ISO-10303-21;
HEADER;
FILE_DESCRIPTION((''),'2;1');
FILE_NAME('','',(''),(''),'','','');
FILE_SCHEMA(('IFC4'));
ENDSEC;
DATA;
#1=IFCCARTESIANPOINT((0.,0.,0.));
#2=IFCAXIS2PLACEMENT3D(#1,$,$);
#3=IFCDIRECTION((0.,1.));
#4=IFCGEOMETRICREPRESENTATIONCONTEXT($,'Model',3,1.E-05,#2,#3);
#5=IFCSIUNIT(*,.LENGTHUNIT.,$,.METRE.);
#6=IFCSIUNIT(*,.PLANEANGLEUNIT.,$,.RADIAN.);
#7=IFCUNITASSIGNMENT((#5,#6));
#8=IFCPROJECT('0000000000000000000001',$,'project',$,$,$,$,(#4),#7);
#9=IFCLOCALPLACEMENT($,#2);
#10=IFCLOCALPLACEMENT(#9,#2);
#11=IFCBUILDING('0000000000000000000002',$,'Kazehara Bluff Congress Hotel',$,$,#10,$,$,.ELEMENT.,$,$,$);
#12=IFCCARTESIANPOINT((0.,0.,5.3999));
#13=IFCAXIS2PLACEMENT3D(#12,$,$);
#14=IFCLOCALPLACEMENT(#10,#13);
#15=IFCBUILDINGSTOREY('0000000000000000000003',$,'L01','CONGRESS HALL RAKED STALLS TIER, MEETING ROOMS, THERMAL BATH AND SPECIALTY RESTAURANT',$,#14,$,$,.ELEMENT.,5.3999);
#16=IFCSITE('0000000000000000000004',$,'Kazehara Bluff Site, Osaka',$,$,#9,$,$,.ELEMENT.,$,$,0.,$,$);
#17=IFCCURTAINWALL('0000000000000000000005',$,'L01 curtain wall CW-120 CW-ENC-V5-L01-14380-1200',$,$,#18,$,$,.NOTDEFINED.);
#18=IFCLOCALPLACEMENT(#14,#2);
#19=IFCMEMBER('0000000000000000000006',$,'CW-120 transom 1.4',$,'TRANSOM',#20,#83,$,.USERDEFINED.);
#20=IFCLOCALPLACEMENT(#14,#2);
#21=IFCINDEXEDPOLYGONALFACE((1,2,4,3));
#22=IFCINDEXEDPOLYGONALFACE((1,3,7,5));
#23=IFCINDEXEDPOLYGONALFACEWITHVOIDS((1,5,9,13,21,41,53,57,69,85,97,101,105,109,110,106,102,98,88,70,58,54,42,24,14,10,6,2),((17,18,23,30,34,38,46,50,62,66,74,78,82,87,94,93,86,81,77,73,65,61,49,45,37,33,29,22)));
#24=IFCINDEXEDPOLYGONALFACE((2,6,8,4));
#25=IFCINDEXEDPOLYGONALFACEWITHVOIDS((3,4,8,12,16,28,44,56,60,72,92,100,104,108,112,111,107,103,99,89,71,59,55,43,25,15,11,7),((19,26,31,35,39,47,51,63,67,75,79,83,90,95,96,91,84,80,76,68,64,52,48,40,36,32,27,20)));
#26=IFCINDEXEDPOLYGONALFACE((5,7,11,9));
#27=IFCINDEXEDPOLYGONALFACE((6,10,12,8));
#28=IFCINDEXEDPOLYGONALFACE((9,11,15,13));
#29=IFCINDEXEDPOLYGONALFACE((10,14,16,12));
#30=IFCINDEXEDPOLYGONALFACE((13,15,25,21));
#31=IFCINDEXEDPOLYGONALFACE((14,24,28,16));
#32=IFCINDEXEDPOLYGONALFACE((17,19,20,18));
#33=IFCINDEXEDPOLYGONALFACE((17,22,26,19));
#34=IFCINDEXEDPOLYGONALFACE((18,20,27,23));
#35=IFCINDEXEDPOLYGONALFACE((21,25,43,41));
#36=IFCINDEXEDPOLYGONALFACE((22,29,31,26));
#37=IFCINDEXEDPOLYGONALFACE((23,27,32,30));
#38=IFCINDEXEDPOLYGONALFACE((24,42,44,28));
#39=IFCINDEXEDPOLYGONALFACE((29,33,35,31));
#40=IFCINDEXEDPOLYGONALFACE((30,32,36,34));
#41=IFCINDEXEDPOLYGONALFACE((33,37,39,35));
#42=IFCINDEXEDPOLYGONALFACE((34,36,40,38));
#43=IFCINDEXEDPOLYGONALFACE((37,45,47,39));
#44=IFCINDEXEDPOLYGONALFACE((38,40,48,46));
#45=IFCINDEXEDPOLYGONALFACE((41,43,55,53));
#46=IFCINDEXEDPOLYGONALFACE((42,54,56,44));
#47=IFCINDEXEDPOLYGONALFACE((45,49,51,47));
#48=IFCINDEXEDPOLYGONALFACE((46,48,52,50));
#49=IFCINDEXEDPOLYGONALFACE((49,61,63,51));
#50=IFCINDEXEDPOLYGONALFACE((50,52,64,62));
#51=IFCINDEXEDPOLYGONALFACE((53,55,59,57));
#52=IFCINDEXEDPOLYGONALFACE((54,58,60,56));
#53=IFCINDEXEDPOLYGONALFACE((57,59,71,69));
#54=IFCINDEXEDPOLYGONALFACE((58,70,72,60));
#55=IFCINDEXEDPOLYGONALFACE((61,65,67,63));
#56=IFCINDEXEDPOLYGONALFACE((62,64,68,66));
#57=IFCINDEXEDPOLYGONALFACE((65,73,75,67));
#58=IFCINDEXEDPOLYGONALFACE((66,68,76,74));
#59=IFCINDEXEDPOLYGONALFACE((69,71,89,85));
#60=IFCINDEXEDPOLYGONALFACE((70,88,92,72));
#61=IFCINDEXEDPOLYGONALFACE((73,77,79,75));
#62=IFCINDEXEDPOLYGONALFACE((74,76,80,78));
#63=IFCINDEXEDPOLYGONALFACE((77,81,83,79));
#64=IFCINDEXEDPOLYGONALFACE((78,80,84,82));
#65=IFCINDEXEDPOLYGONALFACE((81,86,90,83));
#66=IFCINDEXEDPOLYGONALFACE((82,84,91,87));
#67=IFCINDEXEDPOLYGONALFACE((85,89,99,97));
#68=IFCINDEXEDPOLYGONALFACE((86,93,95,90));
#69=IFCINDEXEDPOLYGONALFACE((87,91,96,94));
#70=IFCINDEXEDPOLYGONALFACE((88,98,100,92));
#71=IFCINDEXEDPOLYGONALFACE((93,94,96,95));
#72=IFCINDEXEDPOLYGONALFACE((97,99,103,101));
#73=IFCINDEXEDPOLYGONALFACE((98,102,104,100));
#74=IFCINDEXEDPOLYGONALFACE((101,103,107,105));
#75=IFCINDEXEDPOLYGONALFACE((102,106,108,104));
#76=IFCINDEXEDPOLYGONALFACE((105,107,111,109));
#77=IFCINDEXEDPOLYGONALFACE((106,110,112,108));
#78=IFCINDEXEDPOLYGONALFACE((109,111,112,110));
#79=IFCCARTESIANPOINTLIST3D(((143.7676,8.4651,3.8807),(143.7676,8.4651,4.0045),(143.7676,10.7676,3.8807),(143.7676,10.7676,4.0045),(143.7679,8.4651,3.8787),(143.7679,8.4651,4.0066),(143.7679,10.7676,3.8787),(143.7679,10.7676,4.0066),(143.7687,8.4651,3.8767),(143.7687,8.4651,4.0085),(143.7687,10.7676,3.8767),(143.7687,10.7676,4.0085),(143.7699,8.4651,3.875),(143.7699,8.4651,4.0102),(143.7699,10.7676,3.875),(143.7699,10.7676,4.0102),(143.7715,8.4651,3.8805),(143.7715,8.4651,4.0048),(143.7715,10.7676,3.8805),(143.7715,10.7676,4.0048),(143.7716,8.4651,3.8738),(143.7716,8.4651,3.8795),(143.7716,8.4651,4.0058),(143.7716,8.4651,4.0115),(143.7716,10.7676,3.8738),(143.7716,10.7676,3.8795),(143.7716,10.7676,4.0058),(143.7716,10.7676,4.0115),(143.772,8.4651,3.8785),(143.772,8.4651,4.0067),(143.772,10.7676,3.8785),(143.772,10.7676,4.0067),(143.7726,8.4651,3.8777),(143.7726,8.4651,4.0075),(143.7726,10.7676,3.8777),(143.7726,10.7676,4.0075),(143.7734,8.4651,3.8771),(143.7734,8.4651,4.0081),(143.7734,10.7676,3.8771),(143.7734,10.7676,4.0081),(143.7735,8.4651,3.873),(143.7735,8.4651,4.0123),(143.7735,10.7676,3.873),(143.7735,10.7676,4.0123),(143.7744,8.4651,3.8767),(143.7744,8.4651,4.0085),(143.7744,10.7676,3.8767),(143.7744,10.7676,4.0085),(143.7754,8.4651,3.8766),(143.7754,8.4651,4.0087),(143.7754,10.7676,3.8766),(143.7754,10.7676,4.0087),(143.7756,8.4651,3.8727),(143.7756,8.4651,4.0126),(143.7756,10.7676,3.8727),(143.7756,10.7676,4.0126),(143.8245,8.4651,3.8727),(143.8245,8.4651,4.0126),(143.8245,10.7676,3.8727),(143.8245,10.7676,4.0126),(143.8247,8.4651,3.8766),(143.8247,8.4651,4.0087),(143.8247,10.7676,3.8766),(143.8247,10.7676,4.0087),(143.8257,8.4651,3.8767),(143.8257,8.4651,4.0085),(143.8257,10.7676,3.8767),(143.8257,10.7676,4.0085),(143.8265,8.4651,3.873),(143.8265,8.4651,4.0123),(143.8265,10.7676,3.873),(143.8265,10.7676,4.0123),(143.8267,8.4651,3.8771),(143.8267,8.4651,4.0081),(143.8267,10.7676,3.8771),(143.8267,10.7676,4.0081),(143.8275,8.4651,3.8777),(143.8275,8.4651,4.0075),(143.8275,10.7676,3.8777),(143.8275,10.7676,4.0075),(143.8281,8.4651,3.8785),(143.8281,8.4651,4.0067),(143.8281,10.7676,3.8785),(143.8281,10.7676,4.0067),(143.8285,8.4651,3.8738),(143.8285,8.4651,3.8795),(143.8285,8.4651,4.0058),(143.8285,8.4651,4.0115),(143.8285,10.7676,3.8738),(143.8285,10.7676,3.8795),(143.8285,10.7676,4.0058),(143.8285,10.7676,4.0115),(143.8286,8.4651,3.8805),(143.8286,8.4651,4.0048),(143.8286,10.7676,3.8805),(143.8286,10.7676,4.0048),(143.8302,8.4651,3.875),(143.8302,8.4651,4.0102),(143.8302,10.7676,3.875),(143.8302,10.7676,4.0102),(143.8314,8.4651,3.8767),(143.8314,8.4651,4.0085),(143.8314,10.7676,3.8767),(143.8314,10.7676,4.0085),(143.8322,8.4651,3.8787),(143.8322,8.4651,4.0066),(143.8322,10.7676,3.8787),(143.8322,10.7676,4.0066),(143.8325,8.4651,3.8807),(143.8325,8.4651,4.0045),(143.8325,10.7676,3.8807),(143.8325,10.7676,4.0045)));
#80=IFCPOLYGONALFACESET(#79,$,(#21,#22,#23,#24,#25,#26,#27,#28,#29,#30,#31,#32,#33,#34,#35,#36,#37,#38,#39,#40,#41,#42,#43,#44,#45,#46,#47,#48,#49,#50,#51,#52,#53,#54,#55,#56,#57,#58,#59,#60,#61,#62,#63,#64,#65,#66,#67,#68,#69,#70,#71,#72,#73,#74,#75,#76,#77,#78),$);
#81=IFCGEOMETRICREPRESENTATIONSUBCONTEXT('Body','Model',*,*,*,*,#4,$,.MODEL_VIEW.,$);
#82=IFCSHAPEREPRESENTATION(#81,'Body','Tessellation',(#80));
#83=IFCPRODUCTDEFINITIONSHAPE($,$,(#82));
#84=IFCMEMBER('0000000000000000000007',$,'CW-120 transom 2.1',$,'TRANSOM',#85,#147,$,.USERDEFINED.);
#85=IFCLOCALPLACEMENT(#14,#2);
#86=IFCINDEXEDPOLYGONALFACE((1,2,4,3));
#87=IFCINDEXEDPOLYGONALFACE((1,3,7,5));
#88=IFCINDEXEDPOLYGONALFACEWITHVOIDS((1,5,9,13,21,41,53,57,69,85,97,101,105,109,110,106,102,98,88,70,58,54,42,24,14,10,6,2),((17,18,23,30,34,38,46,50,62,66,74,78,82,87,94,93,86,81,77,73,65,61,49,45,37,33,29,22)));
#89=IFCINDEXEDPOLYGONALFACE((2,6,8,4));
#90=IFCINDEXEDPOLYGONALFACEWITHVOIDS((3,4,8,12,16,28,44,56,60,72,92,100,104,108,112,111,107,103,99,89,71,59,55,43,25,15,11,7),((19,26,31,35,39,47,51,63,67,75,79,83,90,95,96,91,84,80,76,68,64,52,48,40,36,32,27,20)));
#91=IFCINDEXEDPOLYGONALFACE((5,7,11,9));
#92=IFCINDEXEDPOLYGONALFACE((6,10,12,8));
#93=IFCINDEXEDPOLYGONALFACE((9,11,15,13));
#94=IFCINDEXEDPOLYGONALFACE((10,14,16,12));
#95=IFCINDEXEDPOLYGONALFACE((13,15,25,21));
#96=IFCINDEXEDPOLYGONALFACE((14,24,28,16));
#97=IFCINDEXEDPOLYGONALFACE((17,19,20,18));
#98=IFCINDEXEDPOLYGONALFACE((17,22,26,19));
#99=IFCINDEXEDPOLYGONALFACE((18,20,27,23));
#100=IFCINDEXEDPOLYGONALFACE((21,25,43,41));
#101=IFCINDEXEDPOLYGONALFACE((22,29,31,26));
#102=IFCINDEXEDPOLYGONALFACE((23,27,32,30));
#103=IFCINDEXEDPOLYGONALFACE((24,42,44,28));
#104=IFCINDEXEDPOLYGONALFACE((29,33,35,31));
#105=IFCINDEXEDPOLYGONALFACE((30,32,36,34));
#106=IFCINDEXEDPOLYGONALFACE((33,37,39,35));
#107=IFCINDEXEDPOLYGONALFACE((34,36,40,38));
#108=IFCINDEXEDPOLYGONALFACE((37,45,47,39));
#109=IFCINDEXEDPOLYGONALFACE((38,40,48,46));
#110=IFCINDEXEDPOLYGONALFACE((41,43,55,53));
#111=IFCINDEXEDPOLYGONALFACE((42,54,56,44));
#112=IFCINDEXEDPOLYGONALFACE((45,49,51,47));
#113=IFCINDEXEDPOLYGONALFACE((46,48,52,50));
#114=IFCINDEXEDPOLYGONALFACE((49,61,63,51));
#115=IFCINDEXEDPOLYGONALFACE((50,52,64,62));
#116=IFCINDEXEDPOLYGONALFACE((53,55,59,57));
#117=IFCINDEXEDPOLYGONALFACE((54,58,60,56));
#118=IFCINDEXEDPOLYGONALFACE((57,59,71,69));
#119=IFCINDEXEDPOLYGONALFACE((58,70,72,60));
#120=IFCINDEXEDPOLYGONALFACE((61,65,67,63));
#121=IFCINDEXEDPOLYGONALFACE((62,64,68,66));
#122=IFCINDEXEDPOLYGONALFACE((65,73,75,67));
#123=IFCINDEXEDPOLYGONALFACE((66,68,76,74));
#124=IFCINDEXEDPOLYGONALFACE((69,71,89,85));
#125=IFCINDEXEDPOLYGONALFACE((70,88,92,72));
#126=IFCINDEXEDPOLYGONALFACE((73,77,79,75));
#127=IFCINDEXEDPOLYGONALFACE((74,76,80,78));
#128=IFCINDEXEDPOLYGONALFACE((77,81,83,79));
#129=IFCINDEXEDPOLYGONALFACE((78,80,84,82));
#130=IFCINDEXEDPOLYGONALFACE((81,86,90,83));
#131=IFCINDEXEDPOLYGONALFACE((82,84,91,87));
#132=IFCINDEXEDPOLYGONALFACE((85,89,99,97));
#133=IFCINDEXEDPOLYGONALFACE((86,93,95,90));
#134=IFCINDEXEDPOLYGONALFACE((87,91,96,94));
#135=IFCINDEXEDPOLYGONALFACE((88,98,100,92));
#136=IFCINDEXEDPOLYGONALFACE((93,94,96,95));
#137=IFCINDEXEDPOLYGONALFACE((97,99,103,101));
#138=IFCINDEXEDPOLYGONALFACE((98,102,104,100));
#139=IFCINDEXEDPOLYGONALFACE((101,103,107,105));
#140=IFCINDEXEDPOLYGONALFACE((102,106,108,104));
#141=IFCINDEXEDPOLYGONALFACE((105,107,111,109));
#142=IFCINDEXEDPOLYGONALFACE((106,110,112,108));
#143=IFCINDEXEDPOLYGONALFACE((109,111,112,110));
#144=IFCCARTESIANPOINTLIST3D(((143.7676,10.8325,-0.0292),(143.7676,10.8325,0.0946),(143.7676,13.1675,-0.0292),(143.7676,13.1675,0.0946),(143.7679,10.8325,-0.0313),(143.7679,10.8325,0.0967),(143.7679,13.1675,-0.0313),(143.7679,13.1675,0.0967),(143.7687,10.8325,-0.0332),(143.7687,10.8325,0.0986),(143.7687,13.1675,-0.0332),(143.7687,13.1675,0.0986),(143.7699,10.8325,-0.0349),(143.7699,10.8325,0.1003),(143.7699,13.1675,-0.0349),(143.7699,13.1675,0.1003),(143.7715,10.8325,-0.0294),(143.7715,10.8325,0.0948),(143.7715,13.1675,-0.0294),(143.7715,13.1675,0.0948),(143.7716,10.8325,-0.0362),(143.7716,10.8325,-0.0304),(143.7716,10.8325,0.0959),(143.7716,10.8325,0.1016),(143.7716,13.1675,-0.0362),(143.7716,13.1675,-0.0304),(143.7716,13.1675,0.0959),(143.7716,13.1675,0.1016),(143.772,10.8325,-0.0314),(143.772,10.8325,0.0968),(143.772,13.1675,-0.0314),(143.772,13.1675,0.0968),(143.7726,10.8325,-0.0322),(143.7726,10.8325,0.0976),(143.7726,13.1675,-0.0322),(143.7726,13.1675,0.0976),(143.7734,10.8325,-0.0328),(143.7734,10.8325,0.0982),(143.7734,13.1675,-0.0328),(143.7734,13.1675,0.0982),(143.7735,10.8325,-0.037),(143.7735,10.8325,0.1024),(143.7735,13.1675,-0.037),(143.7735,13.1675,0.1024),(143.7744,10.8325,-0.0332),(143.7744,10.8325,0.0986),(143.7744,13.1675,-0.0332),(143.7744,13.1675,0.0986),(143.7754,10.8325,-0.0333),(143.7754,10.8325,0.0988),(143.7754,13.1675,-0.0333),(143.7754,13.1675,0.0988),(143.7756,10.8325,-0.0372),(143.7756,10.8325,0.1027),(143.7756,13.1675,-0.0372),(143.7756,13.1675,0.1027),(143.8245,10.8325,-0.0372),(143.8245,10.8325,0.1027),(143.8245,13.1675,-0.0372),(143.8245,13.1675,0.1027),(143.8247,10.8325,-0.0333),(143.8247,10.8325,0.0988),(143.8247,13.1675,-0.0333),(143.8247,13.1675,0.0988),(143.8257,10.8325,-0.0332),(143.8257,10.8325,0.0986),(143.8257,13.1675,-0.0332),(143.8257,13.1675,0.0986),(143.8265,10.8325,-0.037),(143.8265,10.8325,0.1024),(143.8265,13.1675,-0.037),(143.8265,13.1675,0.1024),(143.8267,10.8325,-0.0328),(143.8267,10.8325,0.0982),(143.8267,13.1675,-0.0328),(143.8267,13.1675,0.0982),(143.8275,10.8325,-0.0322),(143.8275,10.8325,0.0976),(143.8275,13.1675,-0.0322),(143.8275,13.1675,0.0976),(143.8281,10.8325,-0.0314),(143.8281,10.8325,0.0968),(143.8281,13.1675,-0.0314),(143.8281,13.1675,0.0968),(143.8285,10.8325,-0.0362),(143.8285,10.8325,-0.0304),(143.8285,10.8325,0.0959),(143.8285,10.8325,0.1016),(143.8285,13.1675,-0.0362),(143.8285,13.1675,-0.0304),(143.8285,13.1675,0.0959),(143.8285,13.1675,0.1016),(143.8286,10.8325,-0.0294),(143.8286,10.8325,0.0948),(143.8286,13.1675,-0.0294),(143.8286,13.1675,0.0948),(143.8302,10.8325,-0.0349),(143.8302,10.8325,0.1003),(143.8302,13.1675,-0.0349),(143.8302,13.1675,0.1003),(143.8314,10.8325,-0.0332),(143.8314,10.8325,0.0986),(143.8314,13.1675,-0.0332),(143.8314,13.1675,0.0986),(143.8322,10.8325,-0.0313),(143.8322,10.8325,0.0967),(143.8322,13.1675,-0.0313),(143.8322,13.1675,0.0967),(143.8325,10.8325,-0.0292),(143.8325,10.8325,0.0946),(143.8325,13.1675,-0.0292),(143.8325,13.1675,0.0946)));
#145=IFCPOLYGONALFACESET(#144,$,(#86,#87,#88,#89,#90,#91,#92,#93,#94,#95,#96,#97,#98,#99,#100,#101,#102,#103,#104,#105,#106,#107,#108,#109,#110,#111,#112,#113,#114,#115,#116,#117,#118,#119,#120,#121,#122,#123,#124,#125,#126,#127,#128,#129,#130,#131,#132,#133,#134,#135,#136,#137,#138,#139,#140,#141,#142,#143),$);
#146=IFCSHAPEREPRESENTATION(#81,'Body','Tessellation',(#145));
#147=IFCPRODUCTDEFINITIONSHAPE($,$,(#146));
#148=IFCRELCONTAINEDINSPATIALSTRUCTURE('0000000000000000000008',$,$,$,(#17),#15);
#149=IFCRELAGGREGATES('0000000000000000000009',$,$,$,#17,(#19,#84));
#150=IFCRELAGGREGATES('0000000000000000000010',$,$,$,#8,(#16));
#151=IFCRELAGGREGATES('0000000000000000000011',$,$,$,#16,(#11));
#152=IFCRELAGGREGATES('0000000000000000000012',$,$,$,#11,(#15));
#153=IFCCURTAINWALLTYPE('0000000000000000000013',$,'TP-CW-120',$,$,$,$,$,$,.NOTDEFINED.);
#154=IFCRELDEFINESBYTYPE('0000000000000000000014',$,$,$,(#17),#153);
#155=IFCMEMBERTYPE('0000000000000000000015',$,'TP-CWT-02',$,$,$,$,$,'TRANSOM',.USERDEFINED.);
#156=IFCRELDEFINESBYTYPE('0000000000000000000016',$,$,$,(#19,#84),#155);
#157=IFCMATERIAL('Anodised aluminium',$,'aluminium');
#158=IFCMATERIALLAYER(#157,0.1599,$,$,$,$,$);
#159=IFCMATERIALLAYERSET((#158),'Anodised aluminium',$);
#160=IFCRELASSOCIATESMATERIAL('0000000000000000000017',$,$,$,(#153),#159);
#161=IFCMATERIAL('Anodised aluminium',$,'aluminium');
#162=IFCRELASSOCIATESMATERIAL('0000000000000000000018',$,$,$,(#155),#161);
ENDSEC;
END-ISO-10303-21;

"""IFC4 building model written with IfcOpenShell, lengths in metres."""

from ifc_helpers import new_model, si_unit, direction, frame, origin, origin_2d, place, context, subcontext, project, spatial, hollow_rectangle, extrude, material, layer, layer_set, material_profile, profile_set, type_object, element, aggregate, save


model = new_model("IFC4")

# Units and contexts
model_context = context("Model", 3, precision=1e-05, world=origin(), true_north=direction((0.0, 1.0)))
body_context = subcontext(model_context, "Body", "Model", "MODEL_VIEW")
ifc_project = project(units=[si_unit("LENGTHUNIT", "METRE"), si_unit("PLANEANGLEUNIT", "RADIAN")], contexts=[model_context])

# Site, building, storey
site_placement = place(None, origin())
site = spatial("IfcSite", under=ifc_project, at=site_placement, Name="Kazehara Bluff Site, Osaka", CompositionType="ELEMENT", RefElevation=0.0)
building_placement = place(site_placement, origin())
building = spatial("IfcBuilding", under=site, at=building_placement, Name="Kazehara Bluff Congress Hotel", CompositionType="ELEMENT")
storey_placement = place(building_placement, frame((0.0, 0.0, 5.3999)))
storey = spatial("IfcBuildingStorey", under=building, at=storey_placement, Name="L01", Description="CONGRESS HALL RAKED STALLS TIER, MEETING ROOMS, THERMAL BATH AND SPECIALTY RESTAURANT", CompositionType="ELEMENT", Elevation=5.3999)

# Curtain wall
ifc_material_1 = material(Name="Anodised aluminium", Category="aluminium")
ifc_layer_1 = layer(ifc_material_1, 0.1599)
ifc_layer_set_1 = layer_set([ifc_layer_1], Name="Anodised aluminium")
curtain_wall_type_1 = type_object("IfcCurtainWallType", Name="TP-CW-120", PredefinedType="NOTDEFINED", material=ifc_layer_set_1)
curtain_wall_1_placement = place(storey_placement, origin())
curtain_wall_1 = element("IfcCurtainWall", 1, at=curtain_wall_1_placement, inside=storey, type_object=curtain_wall_type_1, Name="L01 curtain wall CW-120 CW-ENC-V5-L01-14380-1200", PredefinedType="NOTDEFINED")

# Members
ifc_material_2 = material(Name="Anodised aluminium", Category="aluminium")
ifc_material_profile_1 = material_profile(ifc_material_2, hollow_rectangle(XDim=0.0649, YDim=0.1399, WallThickness=0.0039, InnerFilletRadius=0.0039, OuterFilletRadius=0.0081, at=origin_2d()))
ifc_profile_set_1 = profile_set([ifc_material_profile_1], Name="Anodised aluminium")
member_type_1 = type_object("IfcMemberType", Name="TP-CWT-02", ElementType="TRANSOM", PredefinedType="USERDEFINED", material=ifc_profile_set_1)
member_1_placement = place(storey_placement, frame((143.8, 8.4651, 3.9426), z_axis=(0.0, 1.0, 0.0), x_axis=(-1.0, 0.0, 0.0)))
member_1 = element("IfcMember", 2, at=member_1_placement, type_object=member_type_1, Name="CW-120 transom 1.4", ObjectType="TRANSOM", PredefinedType="USERDEFINED", context=body_context, shape_type="SweptSolid", body=[
    extrude(hollow_rectangle(XDim=0.0649, YDim=0.1399, WallThickness=0.0039, InnerFilletRadius=0.0039, OuterFilletRadius=0.0081, at=origin_2d()), origin(), (0.0, 0.0, 1.0), 2.3025),
])
member_2_placement = place(storey_placement, frame((143.8, 10.8325, 0.0327), z_axis=(0.0, 1.0, 0.0), x_axis=(-1.0, 0.0, 0.0)))
member_2 = element("IfcMember", 3, at=member_2_placement, type_object=member_type_1, Name="CW-120 transom 2.1", ObjectType="TRANSOM", PredefinedType="USERDEFINED", context=body_context, shape_type="SweptSolid", body=[
    extrude(hollow_rectangle(XDim=0.0649, YDim=0.1399, WallThickness=0.0039, InnerFilletRadius=0.0039, OuterFilletRadius=0.0081, at=origin_2d()), origin(), (0.0, 0.0, 1.0), 2.335),
])

aggregate(curtain_wall_1, [member_1, member_2])

save(model, "model.ifc")
